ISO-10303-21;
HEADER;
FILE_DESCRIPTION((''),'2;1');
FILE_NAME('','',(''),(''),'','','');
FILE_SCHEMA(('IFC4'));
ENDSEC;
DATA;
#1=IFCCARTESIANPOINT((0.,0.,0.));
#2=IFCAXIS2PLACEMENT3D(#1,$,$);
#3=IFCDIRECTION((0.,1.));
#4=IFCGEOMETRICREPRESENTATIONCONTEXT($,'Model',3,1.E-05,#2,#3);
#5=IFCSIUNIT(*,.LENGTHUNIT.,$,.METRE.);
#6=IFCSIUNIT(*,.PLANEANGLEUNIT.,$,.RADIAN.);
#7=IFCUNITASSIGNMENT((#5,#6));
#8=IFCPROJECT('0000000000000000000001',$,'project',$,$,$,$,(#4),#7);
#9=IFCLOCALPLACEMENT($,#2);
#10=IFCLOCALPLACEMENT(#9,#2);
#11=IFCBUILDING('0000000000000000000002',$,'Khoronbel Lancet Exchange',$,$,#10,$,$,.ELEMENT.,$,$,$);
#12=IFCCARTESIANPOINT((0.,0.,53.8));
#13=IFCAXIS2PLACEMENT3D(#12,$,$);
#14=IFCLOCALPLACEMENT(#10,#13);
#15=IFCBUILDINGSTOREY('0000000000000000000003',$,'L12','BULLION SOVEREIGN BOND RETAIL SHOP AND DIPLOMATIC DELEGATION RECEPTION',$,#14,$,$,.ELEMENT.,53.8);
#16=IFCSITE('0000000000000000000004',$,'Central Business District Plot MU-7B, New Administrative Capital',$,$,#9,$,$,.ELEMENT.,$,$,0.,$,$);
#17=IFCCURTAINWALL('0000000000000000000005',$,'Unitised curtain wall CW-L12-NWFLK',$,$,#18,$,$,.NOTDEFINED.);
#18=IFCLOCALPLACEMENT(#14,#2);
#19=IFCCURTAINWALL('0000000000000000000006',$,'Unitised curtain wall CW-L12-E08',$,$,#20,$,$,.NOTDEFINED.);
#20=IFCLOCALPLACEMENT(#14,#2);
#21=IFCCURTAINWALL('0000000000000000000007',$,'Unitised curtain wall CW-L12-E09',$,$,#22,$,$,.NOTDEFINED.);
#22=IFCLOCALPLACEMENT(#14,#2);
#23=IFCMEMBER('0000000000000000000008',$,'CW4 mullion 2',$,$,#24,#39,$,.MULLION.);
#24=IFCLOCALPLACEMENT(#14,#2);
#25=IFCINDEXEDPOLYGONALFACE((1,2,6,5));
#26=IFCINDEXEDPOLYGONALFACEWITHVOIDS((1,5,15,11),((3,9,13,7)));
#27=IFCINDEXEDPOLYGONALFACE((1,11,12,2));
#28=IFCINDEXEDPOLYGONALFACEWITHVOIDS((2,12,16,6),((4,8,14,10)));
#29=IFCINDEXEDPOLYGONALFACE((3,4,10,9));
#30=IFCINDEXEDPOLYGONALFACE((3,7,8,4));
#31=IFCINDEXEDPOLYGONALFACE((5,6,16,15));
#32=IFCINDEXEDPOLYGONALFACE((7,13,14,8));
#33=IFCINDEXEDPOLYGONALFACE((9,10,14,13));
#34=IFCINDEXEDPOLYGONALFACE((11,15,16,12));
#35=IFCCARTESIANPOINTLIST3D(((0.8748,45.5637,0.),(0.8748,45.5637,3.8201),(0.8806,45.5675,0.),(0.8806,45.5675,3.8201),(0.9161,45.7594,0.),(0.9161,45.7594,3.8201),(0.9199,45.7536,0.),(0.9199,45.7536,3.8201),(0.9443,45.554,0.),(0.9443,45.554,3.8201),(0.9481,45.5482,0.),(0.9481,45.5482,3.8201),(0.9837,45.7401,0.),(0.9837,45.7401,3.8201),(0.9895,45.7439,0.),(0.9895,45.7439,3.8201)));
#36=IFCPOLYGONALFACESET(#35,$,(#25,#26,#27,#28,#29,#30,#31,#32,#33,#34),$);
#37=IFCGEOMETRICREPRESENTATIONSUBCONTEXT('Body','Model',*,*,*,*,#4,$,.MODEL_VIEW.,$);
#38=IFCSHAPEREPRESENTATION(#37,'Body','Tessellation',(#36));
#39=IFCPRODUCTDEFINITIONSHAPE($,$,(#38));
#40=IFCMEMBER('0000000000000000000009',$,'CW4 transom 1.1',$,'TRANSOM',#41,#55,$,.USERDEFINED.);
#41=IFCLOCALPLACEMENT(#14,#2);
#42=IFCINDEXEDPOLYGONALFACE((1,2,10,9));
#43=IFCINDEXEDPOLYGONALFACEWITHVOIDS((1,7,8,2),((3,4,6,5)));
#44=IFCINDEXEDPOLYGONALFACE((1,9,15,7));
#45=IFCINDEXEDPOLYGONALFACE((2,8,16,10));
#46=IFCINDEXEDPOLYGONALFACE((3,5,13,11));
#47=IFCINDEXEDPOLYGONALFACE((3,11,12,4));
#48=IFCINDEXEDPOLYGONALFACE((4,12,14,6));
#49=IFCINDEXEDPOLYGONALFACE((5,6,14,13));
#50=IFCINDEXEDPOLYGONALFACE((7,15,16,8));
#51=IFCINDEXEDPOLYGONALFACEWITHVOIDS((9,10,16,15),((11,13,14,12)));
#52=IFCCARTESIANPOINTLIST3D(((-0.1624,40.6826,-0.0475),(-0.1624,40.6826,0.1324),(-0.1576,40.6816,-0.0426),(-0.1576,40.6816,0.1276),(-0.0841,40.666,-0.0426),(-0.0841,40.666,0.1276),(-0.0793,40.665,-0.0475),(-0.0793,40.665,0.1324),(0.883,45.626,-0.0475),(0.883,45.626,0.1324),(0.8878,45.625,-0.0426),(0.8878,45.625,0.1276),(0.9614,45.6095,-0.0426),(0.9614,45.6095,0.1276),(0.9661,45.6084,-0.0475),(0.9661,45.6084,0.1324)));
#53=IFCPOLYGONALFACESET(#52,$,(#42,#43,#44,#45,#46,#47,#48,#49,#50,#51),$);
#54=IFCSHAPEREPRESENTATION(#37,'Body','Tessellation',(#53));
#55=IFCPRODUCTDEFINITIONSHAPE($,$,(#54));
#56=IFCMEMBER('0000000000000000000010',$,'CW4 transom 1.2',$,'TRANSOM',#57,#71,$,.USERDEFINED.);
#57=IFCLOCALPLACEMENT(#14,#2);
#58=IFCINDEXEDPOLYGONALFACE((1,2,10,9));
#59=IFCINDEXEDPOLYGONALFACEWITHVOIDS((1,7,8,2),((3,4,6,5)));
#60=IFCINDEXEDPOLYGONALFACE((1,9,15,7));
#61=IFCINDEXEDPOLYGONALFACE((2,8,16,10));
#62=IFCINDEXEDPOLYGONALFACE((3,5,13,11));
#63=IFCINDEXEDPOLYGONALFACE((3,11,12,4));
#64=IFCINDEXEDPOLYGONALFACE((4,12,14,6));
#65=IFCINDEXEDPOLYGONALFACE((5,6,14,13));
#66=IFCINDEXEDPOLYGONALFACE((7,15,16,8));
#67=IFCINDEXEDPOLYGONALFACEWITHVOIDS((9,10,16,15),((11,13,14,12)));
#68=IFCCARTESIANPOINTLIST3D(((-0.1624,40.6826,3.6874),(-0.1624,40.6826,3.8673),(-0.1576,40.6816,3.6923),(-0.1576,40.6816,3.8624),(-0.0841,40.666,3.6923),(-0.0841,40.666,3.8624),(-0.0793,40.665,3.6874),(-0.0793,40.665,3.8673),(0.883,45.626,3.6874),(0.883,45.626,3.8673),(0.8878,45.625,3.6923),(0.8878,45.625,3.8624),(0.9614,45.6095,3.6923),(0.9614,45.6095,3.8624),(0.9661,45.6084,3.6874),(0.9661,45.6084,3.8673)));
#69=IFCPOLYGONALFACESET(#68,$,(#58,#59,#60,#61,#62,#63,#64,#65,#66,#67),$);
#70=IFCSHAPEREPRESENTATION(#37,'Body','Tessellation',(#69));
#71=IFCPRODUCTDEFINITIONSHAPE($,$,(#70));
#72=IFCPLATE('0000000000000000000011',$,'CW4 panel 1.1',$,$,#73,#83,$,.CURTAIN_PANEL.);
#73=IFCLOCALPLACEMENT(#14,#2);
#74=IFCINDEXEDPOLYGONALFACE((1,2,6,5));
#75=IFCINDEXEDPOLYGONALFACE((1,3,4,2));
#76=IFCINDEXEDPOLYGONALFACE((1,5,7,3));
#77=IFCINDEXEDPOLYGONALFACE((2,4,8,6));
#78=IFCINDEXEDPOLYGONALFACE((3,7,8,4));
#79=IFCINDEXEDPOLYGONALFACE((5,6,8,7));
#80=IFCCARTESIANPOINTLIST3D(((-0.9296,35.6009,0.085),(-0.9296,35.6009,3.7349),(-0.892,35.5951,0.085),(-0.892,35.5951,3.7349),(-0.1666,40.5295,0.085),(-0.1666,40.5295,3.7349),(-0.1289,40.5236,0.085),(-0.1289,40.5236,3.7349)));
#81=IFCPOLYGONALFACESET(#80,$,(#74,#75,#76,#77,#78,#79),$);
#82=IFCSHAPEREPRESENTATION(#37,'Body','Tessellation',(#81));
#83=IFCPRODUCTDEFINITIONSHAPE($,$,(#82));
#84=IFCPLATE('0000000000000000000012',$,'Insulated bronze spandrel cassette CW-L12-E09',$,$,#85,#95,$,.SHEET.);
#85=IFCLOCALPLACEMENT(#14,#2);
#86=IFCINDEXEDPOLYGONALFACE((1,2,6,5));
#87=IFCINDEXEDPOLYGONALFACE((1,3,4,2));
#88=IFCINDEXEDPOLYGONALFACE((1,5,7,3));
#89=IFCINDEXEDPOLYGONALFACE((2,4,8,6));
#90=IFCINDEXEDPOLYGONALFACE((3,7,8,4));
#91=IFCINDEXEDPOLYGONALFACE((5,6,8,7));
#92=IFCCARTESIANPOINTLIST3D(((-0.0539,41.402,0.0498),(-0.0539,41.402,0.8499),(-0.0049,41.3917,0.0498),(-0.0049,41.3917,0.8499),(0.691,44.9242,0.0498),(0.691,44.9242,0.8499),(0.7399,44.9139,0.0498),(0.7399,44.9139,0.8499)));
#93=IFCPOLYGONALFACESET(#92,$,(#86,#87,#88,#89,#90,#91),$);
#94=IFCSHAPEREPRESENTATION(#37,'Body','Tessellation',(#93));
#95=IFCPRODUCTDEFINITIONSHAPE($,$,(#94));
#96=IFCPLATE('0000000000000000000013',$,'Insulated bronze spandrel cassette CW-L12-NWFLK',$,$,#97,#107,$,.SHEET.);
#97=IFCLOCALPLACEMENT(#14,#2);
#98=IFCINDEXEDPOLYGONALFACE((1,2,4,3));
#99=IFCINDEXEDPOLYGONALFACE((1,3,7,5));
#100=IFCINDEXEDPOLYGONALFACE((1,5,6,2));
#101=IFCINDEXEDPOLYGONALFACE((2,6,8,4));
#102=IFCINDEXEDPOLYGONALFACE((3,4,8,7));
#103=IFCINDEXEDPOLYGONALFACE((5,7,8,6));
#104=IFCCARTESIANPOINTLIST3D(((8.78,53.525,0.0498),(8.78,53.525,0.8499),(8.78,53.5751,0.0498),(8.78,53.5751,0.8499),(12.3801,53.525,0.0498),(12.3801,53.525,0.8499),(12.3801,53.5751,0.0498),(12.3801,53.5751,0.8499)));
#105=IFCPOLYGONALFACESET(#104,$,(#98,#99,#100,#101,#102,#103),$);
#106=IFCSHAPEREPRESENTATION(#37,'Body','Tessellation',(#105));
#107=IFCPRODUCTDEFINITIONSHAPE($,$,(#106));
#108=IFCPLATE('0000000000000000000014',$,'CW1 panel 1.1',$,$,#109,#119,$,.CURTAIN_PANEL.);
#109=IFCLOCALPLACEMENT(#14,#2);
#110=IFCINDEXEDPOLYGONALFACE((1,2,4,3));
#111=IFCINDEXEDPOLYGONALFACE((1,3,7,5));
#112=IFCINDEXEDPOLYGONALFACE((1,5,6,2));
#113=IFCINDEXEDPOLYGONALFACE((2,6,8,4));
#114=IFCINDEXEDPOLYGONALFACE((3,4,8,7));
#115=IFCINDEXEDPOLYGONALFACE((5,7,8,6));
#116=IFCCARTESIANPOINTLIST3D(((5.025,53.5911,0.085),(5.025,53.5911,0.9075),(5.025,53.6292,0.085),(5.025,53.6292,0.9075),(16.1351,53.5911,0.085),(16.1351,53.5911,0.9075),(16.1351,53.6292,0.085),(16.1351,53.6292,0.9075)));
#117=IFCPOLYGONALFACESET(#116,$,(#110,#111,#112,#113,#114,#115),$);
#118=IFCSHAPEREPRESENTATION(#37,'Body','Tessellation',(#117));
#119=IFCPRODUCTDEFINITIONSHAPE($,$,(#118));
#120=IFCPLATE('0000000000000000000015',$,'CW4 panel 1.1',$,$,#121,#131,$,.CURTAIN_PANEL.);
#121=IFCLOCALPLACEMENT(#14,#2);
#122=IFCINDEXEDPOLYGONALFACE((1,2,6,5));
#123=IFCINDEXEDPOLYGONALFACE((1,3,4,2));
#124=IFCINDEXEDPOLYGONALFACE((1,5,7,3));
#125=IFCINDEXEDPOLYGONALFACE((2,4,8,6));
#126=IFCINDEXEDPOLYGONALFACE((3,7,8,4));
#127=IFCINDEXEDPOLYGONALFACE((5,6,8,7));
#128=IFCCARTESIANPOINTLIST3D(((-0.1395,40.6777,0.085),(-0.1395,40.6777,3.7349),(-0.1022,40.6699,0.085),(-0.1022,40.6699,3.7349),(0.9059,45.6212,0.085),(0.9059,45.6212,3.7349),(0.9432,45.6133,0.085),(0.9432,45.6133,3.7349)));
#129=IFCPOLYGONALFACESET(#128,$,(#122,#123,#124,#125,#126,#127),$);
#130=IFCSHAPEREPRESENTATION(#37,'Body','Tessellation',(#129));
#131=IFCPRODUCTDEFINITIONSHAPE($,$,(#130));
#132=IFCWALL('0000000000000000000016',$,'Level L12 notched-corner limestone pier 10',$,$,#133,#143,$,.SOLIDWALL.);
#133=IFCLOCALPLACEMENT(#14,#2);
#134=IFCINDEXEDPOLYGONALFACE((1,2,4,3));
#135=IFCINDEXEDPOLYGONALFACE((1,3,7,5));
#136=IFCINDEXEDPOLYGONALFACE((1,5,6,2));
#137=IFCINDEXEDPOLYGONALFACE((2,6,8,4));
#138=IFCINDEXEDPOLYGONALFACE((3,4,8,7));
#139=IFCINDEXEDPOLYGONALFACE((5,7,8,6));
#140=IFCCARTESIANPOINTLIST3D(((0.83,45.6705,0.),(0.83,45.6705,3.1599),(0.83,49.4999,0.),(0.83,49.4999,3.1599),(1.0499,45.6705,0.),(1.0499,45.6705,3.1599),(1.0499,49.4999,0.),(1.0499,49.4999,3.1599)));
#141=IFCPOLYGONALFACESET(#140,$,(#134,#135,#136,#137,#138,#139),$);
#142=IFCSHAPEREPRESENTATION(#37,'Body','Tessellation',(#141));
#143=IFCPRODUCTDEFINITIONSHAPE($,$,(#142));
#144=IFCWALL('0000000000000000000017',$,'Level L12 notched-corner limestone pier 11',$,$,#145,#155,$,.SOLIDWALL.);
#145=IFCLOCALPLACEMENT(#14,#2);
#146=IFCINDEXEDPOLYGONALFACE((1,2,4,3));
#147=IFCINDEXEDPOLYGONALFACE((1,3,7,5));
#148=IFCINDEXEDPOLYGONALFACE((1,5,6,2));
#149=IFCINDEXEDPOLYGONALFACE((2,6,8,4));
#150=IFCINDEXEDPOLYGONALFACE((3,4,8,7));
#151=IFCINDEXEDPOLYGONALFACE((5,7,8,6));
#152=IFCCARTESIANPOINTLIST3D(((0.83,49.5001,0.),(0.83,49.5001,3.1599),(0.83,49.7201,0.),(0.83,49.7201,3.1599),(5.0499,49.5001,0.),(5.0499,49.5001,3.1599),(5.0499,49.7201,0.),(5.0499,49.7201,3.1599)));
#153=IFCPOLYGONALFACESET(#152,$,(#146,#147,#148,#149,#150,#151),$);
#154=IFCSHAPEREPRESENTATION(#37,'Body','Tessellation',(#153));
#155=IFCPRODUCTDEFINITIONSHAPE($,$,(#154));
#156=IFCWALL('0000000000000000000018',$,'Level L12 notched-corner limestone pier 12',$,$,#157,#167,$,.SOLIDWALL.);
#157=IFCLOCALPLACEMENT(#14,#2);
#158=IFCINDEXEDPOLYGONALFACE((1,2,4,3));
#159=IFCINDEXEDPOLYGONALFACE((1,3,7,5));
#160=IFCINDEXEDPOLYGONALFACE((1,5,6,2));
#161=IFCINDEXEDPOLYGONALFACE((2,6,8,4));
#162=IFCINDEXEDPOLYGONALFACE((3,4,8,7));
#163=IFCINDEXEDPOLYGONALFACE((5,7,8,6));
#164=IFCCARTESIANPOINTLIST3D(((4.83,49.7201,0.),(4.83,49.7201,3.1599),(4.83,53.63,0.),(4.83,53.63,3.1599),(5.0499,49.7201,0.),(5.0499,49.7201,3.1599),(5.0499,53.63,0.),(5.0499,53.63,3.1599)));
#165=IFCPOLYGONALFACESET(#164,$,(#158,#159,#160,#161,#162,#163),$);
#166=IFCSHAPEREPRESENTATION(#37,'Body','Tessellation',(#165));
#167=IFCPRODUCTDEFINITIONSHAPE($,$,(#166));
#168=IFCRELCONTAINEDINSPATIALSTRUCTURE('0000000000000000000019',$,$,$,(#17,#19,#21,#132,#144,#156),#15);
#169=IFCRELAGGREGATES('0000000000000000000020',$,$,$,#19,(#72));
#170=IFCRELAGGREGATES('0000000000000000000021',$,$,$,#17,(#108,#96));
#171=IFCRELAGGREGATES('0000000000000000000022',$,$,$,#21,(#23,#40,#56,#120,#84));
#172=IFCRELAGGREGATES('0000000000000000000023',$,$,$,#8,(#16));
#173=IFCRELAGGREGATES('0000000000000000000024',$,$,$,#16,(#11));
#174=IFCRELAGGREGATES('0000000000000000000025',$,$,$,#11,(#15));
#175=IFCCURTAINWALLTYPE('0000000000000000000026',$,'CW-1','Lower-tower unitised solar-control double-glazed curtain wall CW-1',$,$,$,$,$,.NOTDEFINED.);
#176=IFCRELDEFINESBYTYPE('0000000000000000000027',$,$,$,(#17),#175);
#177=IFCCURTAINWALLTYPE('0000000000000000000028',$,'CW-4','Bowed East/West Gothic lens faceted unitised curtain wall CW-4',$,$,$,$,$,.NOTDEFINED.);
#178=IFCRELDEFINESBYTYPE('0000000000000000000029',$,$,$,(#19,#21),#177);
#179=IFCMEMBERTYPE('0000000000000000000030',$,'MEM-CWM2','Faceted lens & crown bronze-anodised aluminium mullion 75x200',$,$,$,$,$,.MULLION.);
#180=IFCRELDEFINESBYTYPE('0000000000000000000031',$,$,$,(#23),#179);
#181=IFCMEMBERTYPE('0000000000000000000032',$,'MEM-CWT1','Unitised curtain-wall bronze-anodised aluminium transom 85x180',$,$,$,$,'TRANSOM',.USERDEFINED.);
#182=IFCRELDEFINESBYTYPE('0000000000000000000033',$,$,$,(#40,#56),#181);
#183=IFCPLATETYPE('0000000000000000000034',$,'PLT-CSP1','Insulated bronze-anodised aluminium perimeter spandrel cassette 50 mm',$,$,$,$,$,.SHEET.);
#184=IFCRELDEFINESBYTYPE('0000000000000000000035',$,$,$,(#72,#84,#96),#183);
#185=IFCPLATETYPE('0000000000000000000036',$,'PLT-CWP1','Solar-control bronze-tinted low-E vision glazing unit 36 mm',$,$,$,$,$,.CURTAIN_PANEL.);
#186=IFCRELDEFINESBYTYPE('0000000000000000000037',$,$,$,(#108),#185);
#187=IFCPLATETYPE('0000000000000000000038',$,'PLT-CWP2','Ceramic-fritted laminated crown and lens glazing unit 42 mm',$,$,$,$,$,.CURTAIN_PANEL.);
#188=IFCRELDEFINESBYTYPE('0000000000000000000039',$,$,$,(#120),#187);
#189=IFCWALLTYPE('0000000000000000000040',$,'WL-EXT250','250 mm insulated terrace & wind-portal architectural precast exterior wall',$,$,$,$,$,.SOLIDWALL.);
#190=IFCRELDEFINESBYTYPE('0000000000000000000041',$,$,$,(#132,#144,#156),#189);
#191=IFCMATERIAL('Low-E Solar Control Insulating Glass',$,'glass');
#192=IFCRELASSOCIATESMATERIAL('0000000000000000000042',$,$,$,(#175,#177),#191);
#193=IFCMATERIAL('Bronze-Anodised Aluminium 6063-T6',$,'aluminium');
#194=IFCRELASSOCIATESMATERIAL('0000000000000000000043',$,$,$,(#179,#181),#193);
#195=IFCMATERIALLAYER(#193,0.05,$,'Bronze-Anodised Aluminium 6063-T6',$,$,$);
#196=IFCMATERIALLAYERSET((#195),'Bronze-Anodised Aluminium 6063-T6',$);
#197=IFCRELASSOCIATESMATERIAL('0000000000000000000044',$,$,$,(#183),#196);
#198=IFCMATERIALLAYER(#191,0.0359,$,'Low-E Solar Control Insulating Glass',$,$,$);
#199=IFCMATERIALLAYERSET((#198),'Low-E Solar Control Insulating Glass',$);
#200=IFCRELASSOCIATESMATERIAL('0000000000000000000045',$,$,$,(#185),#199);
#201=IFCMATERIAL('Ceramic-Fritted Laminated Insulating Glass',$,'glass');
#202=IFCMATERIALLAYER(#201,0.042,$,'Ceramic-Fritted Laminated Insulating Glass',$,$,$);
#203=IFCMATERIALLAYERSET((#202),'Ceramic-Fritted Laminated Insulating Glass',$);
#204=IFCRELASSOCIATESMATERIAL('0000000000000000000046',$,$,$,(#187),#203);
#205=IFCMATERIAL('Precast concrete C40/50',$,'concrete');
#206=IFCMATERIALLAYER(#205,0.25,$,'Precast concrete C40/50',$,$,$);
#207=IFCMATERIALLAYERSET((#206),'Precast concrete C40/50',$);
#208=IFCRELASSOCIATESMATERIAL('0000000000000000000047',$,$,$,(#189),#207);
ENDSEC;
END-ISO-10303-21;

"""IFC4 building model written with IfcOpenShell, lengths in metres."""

from ifc_helpers import new_model, si_unit, direction, frame, frame_2d, origin, origin_2d, place, context, subcontext, project, spatial, rectangle, hollow_rectangle, extrude, material, layer, layer_set, material_profile, profile_set, type_object, element, aggregate, save


model = new_model("IFC4")

# Units and contexts
model_context = context("Model", 3, precision=1e-05, world=origin(), true_north=direction((0.0, 1.0)))
body_context = subcontext(model_context, "Body", "Model", "MODEL_VIEW")
ifc_project = project(units=[si_unit("LENGTHUNIT", "METRE"), si_unit("PLANEANGLEUNIT", "RADIAN")], contexts=[model_context])

# Site, building, storey
site_placement = place(None, origin())
site = spatial("IfcSite", under=ifc_project, at=site_placement, Name="Central Business District Plot MU-7B, New Administrative Capital", CompositionType="ELEMENT", RefElevation=0.0)
building_placement = place(site_placement, origin())
building = spatial("IfcBuilding", under=site, at=building_placement, Name="Khoronbel Lancet Exchange", CompositionType="ELEMENT")
storey_placement = place(building_placement, frame((0.0, 0.0, 53.8)))
storey = spatial("IfcBuildingStorey", under=building, at=storey_placement, Name="L12", Description="BULLION SOVEREIGN BOND RETAIL SHOP AND DIPLOMATIC DELEGATION RECEPTION", CompositionType="ELEMENT", Elevation=53.8)

# Curtain walls
ifc_material_1 = material(Name="Low-E Solar Control Insulating Glass", Category="glass")
curtain_wall_type_1 = type_object("IfcCurtainWallType", Name="CW-1", Description="Lower-tower unitised solar-control double-glazed curtain wall CW-1", PredefinedType="NOTDEFINED", material=ifc_material_1)
curtain_wall_1_placement = place(storey_placement, origin())
curtain_wall_1 = element("IfcCurtainWall", 1, at=curtain_wall_1_placement, inside=storey, type_object=curtain_wall_type_1, Name="Unitised curtain wall CW-L12-NWFLK", PredefinedType="NOTDEFINED")
ifc_material_2 = material(Name="Bronze-Anodised Aluminium 6063-T6", Category="aluminium")
curtain_wall_type_2 = type_object("IfcCurtainWallType", Name="CW-4", Description="Bowed East/West Gothic lens faceted unitised curtain wall CW-4", PredefinedType="NOTDEFINED", material=ifc_material_1)
curtain_wall_2_placement = place(storey_placement, origin())
curtain_wall_2 = element("IfcCurtainWall", 2, at=curtain_wall_2_placement, inside=storey, type_object=curtain_wall_type_2, Name="Unitised curtain wall CW-L12-E08", PredefinedType="NOTDEFINED")
ifc_material_profile_1 = material_profile(ifc_material_2, hollow_rectangle(XDim=0.075, YDim=0.2, WallThickness=0.0049, at=origin_2d()), Name="ALU MULLION 75x200")
ifc_profile_set_1 = profile_set([ifc_material_profile_1], Name="Bronze-Anodised Aluminium 6063-T6")
member_type_1 = type_object("IfcMemberType", Name="MEM-CWM2", Description="Faceted lens & crown bronze-anodised aluminium mullion 75x200", PredefinedType="MULLION", material=ifc_profile_set_1)

# Curtain wall, members
curtain_wall_3_placement = place(storey_placement, origin())
curtain_wall_3 = element("IfcCurtainWall", 3, at=curtain_wall_3_placement, inside=storey, type_object=curtain_wall_type_2, Name="Unitised curtain wall CW-L12-E09", PredefinedType="NOTDEFINED")
member_1_placement = place(storey_placement, frame((0.9321, 45.6538, 0.0), z_axis=(0.0, 0.0, 1.0), x_axis=(-0.978363, 0.206894, 0.0)))
member_1 = element("IfcMember", 4, at=member_1_placement, type_object=member_type_1, Name="CW4 mullion 2", PredefinedType="MULLION", context=body_context, shape_type="SweptSolid", body=[
    extrude(hollow_rectangle(XDim=0.075, YDim=0.2, WallThickness=0.0049, at=origin_2d()), origin(), (0.0, 0.0, 1.0), 3.8201),
])
ifc_material_profile_2 = material_profile(ifc_material_2, hollow_rectangle(XDim=0.085, YDim=0.1799, WallThickness=0.0049, at=origin_2d()), Name="ALU TRANSOM 85x180")
ifc_profile_set_2 = profile_set([ifc_material_profile_2], Name="Bronze-Anodised Aluminium 6063-T6")
member_type_2 = type_object("IfcMemberType", Name="MEM-CWT1", Description="Unitised curtain-wall bronze-anodised aluminium transom 85x180", ElementType="TRANSOM", PredefinedType="USERDEFINED", material=ifc_profile_set_2)
member_2_placement = place(storey_placement, frame((-0.1208, 40.6738, 0.0425), z_axis=(0.206902, 0.978362, 0.0), x_axis=(-0.978362, 0.206902, 0.0)))
member_2 = element("IfcMember", 5, at=member_2_placement, type_object=member_type_2, Name="CW4 transom 1.1", ObjectType="TRANSOM", PredefinedType="USERDEFINED", context=body_context, shape_type="SweptSolid", body=[
    extrude(hollow_rectangle(XDim=0.085, YDim=0.1799, WallThickness=0.0049, at=origin_2d()), origin(), (0.0, 0.0, 1.0), 5.0527),
])
member_3_placement = place(storey_placement, frame((-0.1208, 40.6738, 3.7773), z_axis=(0.206902, 0.978362, 0.0), x_axis=(-0.978362, 0.206902, 0.0)))
member_3 = element("IfcMember", 6, at=member_3_placement, type_object=member_type_2, Name="CW4 transom 1.2", ObjectType="TRANSOM", PredefinedType="USERDEFINED", context=body_context, shape_type="SweptSolid", body=[
    extrude(hollow_rectangle(XDim=0.085, YDim=0.1799, WallThickness=0.0049, at=origin_2d()), origin(), (0.0, 0.0, 1.0), 5.0527),
])

# Plates
ifc_layer_1 = layer(ifc_material_2, 0.05, Name="Bronze-Anodised Aluminium 6063-T6")
ifc_layer_set_1 = layer_set([ifc_layer_1], Name="Bronze-Anodised Aluminium 6063-T6")
plate_type_1 = type_object("IfcPlateType", Name="PLT-CSP1", Description="Insulated bronze-anodised aluminium perimeter spandrel cassette 50 mm", PredefinedType="SHEET", material=ifc_layer_set_1)
plate_1_placement = place(storey_placement, frame((-0.5293, 38.0623, 0.085), z_axis=(0.0, 0.0, 1.0), x_axis=(0.153002, 0.988226, 0.0)))
plate_1 = element("IfcPlate", 7, at=plate_1_placement, type_object=plate_type_1, Name="CW4 panel 1.1", PredefinedType="CURTAIN_PANEL", context=body_context, shape_type="SweptSolid", body=[
    extrude(rectangle(XDim=4.9873, YDim=0.0381, at=origin_2d()), origin(), (0.0, 0.0, 1.0), 3.6499),
])
aggregate(curtain_wall_2, [plate_1])
plate_2_placement = place(storey_placement, frame((0.343, 43.158, 0.0498), z_axis=(0.0, 0.0, 1.0), x_axis=(0.206894, 0.978363, 0.0)))
plate_2 = element("IfcPlate", 8, at=plate_2_placement, type_object=plate_type_1, Name="Insulated bronze spandrel cassette CW-L12-E09", PredefinedType="SHEET", context=body_context, shape_type="SweptSolid", body=[
    extrude(rectangle(XDim=3.6001, YDim=0.05, at=origin_2d()), origin(), (0.0, 0.0, 1.0), 0.8),
])
plate_3_placement = place(storey_placement, frame((10.5801, 53.55, 0.0498), z_axis=(0.0, 0.0, 1.0), x_axis=(-1.0, 0.0, 0.0)))
plate_3 = element("IfcPlate", 9, at=plate_3_placement, type_object=plate_type_1, Name="Insulated bronze spandrel cassette CW-L12-NWFLK", PredefinedType="SHEET", context=body_context, shape_type="SweptSolid", body=[
    extrude(rectangle(XDim=3.6001, YDim=0.05, at=origin_2d()), origin(), (0.0, 0.0, 1.0), 0.8),
])
ifc_layer_2 = layer(ifc_material_1, 0.0359, Name="Low-E Solar Control Insulating Glass")
ifc_layer_set_2 = layer_set([ifc_layer_2], Name="Low-E Solar Control Insulating Glass")
plate_type_2 = type_object("IfcPlateType", Name="PLT-CWP1", Description="Solar-control bronze-tinted low-E vision glazing unit 36 mm", PredefinedType="CURTAIN_PANEL", material=ifc_layer_set_2)
plate_4_placement = place(storey_placement, frame((10.5801, 53.6101, 0.085), z_axis=(0.0, 0.0, 1.0), x_axis=(-1.0, 0.0, 0.0)))
plate_4 = element("IfcPlate", 10, at=plate_4_placement, type_object=plate_type_2, Name="CW1 panel 1.1", PredefinedType="CURTAIN_PANEL", context=body_context, shape_type="SweptSolid", body=[
    extrude(rectangle(XDim=11.1101, YDim=0.0381, at=origin_2d()), origin(), (0.0, 0.0, 1.0), 0.8225),
])
aggregate(curtain_wall_1, [plate_4, plate_3])
ifc_material_3 = material(Name="Ceramic-Fritted Laminated Insulating Glass", Category="glass")
ifc_layer_3 = layer(ifc_material_3, 0.042, Name="Ceramic-Fritted Laminated Insulating Glass")
ifc_layer_set_3 = layer_set([ifc_layer_3], Name="Ceramic-Fritted Laminated Insulating Glass")
plate_type_3 = type_object("IfcPlateType", Name="PLT-CWP2", Description="Ceramic-fritted laminated crown and lens glazing unit 42 mm", PredefinedType="CURTAIN_PANEL", material=ifc_layer_set_3)
plate_5_placement = place(storey_placement, frame((0.4019, 43.1455, 0.085), z_axis=(0.0, 0.0, 1.0), x_axis=(0.206894, 0.978363, 0.0)))
plate_5 = element("IfcPlate", 11, at=plate_5_placement, type_object=plate_type_3, Name="CW4 panel 1.1", PredefinedType="CURTAIN_PANEL", context=body_context, shape_type="SweptSolid", body=[
    extrude(rectangle(XDim=5.0527, YDim=0.0381, at=origin_2d()), origin(), (0.0, 0.0, 1.0), 3.6499),
])
aggregate(curtain_wall_3, [member_1, member_2, member_3, plate_5, plate_2])

# Walls
ifc_material_4 = material(Name="Precast concrete C40/50", Category="concrete")
ifc_layer_4 = layer(ifc_material_4, 0.25, Name="Precast concrete C40/50")
ifc_layer_set_4 = layer_set([ifc_layer_4], Name="Precast concrete C40/50")
wall_type_1 = type_object("IfcWallType", Name="WL-EXT250", Description="250 mm insulated terrace & wind-portal architectural precast exterior wall", PredefinedType="SOLIDWALL", material=ifc_layer_set_4)
wall_1_placement = place(storey_placement, frame((0.9399, 45.6707, 0.0), z_axis=(0.0, 0.0, 1.0), x_axis=(0.0, 1.0, 0.0)))
element("IfcWall", 12, at=wall_1_placement, inside=storey, type_object=wall_type_1, Name="Level L12 notched-corner limestone pier 10", PredefinedType="SOLIDWALL", context=body_context, shape_type="SweptSolid", body=[
    extrude(rectangle(XDim=3.8293, YDim=0.22, at=frame_2d((1.9146, 0.0))), origin(), (0.0, 0.0, 1.0), 3.1599),
])
wall_2_placement = place(storey_placement, frame((0.8301, 49.6101, 0.0), z_axis=(0.0, 0.0, 1.0), x_axis=(1.0, 0.0, 0.0)))
element("IfcWall", 13, at=wall_2_placement, inside=storey, type_object=wall_type_1, Name="Level L12 notched-corner limestone pier 11", PredefinedType="SOLIDWALL", context=body_context, shape_type="SweptSolid", body=[
    extrude(rectangle(XDim=4.22, YDim=0.22, at=frame_2d((2.1099, 0.0))), origin(), (0.0, 0.0, 1.0), 3.1599),
])
wall_3_placement = place(storey_placement, frame((4.9399, 49.72, 0.0), z_axis=(0.0, 0.0, 1.0), x_axis=(0.0, 1.0, 0.0)))
element("IfcWall", 14, at=wall_3_placement, inside=storey, type_object=wall_type_1, Name="Level L12 notched-corner limestone pier 12", PredefinedType="SOLIDWALL", context=body_context, shape_type="SweptSolid", body=[
    extrude(rectangle(XDim=3.9099, YDim=0.22, at=frame_2d((1.9551, 0.0))), origin(), (0.0, 0.0, 1.0), 3.1599),
])

save(model, "model.ifc")
